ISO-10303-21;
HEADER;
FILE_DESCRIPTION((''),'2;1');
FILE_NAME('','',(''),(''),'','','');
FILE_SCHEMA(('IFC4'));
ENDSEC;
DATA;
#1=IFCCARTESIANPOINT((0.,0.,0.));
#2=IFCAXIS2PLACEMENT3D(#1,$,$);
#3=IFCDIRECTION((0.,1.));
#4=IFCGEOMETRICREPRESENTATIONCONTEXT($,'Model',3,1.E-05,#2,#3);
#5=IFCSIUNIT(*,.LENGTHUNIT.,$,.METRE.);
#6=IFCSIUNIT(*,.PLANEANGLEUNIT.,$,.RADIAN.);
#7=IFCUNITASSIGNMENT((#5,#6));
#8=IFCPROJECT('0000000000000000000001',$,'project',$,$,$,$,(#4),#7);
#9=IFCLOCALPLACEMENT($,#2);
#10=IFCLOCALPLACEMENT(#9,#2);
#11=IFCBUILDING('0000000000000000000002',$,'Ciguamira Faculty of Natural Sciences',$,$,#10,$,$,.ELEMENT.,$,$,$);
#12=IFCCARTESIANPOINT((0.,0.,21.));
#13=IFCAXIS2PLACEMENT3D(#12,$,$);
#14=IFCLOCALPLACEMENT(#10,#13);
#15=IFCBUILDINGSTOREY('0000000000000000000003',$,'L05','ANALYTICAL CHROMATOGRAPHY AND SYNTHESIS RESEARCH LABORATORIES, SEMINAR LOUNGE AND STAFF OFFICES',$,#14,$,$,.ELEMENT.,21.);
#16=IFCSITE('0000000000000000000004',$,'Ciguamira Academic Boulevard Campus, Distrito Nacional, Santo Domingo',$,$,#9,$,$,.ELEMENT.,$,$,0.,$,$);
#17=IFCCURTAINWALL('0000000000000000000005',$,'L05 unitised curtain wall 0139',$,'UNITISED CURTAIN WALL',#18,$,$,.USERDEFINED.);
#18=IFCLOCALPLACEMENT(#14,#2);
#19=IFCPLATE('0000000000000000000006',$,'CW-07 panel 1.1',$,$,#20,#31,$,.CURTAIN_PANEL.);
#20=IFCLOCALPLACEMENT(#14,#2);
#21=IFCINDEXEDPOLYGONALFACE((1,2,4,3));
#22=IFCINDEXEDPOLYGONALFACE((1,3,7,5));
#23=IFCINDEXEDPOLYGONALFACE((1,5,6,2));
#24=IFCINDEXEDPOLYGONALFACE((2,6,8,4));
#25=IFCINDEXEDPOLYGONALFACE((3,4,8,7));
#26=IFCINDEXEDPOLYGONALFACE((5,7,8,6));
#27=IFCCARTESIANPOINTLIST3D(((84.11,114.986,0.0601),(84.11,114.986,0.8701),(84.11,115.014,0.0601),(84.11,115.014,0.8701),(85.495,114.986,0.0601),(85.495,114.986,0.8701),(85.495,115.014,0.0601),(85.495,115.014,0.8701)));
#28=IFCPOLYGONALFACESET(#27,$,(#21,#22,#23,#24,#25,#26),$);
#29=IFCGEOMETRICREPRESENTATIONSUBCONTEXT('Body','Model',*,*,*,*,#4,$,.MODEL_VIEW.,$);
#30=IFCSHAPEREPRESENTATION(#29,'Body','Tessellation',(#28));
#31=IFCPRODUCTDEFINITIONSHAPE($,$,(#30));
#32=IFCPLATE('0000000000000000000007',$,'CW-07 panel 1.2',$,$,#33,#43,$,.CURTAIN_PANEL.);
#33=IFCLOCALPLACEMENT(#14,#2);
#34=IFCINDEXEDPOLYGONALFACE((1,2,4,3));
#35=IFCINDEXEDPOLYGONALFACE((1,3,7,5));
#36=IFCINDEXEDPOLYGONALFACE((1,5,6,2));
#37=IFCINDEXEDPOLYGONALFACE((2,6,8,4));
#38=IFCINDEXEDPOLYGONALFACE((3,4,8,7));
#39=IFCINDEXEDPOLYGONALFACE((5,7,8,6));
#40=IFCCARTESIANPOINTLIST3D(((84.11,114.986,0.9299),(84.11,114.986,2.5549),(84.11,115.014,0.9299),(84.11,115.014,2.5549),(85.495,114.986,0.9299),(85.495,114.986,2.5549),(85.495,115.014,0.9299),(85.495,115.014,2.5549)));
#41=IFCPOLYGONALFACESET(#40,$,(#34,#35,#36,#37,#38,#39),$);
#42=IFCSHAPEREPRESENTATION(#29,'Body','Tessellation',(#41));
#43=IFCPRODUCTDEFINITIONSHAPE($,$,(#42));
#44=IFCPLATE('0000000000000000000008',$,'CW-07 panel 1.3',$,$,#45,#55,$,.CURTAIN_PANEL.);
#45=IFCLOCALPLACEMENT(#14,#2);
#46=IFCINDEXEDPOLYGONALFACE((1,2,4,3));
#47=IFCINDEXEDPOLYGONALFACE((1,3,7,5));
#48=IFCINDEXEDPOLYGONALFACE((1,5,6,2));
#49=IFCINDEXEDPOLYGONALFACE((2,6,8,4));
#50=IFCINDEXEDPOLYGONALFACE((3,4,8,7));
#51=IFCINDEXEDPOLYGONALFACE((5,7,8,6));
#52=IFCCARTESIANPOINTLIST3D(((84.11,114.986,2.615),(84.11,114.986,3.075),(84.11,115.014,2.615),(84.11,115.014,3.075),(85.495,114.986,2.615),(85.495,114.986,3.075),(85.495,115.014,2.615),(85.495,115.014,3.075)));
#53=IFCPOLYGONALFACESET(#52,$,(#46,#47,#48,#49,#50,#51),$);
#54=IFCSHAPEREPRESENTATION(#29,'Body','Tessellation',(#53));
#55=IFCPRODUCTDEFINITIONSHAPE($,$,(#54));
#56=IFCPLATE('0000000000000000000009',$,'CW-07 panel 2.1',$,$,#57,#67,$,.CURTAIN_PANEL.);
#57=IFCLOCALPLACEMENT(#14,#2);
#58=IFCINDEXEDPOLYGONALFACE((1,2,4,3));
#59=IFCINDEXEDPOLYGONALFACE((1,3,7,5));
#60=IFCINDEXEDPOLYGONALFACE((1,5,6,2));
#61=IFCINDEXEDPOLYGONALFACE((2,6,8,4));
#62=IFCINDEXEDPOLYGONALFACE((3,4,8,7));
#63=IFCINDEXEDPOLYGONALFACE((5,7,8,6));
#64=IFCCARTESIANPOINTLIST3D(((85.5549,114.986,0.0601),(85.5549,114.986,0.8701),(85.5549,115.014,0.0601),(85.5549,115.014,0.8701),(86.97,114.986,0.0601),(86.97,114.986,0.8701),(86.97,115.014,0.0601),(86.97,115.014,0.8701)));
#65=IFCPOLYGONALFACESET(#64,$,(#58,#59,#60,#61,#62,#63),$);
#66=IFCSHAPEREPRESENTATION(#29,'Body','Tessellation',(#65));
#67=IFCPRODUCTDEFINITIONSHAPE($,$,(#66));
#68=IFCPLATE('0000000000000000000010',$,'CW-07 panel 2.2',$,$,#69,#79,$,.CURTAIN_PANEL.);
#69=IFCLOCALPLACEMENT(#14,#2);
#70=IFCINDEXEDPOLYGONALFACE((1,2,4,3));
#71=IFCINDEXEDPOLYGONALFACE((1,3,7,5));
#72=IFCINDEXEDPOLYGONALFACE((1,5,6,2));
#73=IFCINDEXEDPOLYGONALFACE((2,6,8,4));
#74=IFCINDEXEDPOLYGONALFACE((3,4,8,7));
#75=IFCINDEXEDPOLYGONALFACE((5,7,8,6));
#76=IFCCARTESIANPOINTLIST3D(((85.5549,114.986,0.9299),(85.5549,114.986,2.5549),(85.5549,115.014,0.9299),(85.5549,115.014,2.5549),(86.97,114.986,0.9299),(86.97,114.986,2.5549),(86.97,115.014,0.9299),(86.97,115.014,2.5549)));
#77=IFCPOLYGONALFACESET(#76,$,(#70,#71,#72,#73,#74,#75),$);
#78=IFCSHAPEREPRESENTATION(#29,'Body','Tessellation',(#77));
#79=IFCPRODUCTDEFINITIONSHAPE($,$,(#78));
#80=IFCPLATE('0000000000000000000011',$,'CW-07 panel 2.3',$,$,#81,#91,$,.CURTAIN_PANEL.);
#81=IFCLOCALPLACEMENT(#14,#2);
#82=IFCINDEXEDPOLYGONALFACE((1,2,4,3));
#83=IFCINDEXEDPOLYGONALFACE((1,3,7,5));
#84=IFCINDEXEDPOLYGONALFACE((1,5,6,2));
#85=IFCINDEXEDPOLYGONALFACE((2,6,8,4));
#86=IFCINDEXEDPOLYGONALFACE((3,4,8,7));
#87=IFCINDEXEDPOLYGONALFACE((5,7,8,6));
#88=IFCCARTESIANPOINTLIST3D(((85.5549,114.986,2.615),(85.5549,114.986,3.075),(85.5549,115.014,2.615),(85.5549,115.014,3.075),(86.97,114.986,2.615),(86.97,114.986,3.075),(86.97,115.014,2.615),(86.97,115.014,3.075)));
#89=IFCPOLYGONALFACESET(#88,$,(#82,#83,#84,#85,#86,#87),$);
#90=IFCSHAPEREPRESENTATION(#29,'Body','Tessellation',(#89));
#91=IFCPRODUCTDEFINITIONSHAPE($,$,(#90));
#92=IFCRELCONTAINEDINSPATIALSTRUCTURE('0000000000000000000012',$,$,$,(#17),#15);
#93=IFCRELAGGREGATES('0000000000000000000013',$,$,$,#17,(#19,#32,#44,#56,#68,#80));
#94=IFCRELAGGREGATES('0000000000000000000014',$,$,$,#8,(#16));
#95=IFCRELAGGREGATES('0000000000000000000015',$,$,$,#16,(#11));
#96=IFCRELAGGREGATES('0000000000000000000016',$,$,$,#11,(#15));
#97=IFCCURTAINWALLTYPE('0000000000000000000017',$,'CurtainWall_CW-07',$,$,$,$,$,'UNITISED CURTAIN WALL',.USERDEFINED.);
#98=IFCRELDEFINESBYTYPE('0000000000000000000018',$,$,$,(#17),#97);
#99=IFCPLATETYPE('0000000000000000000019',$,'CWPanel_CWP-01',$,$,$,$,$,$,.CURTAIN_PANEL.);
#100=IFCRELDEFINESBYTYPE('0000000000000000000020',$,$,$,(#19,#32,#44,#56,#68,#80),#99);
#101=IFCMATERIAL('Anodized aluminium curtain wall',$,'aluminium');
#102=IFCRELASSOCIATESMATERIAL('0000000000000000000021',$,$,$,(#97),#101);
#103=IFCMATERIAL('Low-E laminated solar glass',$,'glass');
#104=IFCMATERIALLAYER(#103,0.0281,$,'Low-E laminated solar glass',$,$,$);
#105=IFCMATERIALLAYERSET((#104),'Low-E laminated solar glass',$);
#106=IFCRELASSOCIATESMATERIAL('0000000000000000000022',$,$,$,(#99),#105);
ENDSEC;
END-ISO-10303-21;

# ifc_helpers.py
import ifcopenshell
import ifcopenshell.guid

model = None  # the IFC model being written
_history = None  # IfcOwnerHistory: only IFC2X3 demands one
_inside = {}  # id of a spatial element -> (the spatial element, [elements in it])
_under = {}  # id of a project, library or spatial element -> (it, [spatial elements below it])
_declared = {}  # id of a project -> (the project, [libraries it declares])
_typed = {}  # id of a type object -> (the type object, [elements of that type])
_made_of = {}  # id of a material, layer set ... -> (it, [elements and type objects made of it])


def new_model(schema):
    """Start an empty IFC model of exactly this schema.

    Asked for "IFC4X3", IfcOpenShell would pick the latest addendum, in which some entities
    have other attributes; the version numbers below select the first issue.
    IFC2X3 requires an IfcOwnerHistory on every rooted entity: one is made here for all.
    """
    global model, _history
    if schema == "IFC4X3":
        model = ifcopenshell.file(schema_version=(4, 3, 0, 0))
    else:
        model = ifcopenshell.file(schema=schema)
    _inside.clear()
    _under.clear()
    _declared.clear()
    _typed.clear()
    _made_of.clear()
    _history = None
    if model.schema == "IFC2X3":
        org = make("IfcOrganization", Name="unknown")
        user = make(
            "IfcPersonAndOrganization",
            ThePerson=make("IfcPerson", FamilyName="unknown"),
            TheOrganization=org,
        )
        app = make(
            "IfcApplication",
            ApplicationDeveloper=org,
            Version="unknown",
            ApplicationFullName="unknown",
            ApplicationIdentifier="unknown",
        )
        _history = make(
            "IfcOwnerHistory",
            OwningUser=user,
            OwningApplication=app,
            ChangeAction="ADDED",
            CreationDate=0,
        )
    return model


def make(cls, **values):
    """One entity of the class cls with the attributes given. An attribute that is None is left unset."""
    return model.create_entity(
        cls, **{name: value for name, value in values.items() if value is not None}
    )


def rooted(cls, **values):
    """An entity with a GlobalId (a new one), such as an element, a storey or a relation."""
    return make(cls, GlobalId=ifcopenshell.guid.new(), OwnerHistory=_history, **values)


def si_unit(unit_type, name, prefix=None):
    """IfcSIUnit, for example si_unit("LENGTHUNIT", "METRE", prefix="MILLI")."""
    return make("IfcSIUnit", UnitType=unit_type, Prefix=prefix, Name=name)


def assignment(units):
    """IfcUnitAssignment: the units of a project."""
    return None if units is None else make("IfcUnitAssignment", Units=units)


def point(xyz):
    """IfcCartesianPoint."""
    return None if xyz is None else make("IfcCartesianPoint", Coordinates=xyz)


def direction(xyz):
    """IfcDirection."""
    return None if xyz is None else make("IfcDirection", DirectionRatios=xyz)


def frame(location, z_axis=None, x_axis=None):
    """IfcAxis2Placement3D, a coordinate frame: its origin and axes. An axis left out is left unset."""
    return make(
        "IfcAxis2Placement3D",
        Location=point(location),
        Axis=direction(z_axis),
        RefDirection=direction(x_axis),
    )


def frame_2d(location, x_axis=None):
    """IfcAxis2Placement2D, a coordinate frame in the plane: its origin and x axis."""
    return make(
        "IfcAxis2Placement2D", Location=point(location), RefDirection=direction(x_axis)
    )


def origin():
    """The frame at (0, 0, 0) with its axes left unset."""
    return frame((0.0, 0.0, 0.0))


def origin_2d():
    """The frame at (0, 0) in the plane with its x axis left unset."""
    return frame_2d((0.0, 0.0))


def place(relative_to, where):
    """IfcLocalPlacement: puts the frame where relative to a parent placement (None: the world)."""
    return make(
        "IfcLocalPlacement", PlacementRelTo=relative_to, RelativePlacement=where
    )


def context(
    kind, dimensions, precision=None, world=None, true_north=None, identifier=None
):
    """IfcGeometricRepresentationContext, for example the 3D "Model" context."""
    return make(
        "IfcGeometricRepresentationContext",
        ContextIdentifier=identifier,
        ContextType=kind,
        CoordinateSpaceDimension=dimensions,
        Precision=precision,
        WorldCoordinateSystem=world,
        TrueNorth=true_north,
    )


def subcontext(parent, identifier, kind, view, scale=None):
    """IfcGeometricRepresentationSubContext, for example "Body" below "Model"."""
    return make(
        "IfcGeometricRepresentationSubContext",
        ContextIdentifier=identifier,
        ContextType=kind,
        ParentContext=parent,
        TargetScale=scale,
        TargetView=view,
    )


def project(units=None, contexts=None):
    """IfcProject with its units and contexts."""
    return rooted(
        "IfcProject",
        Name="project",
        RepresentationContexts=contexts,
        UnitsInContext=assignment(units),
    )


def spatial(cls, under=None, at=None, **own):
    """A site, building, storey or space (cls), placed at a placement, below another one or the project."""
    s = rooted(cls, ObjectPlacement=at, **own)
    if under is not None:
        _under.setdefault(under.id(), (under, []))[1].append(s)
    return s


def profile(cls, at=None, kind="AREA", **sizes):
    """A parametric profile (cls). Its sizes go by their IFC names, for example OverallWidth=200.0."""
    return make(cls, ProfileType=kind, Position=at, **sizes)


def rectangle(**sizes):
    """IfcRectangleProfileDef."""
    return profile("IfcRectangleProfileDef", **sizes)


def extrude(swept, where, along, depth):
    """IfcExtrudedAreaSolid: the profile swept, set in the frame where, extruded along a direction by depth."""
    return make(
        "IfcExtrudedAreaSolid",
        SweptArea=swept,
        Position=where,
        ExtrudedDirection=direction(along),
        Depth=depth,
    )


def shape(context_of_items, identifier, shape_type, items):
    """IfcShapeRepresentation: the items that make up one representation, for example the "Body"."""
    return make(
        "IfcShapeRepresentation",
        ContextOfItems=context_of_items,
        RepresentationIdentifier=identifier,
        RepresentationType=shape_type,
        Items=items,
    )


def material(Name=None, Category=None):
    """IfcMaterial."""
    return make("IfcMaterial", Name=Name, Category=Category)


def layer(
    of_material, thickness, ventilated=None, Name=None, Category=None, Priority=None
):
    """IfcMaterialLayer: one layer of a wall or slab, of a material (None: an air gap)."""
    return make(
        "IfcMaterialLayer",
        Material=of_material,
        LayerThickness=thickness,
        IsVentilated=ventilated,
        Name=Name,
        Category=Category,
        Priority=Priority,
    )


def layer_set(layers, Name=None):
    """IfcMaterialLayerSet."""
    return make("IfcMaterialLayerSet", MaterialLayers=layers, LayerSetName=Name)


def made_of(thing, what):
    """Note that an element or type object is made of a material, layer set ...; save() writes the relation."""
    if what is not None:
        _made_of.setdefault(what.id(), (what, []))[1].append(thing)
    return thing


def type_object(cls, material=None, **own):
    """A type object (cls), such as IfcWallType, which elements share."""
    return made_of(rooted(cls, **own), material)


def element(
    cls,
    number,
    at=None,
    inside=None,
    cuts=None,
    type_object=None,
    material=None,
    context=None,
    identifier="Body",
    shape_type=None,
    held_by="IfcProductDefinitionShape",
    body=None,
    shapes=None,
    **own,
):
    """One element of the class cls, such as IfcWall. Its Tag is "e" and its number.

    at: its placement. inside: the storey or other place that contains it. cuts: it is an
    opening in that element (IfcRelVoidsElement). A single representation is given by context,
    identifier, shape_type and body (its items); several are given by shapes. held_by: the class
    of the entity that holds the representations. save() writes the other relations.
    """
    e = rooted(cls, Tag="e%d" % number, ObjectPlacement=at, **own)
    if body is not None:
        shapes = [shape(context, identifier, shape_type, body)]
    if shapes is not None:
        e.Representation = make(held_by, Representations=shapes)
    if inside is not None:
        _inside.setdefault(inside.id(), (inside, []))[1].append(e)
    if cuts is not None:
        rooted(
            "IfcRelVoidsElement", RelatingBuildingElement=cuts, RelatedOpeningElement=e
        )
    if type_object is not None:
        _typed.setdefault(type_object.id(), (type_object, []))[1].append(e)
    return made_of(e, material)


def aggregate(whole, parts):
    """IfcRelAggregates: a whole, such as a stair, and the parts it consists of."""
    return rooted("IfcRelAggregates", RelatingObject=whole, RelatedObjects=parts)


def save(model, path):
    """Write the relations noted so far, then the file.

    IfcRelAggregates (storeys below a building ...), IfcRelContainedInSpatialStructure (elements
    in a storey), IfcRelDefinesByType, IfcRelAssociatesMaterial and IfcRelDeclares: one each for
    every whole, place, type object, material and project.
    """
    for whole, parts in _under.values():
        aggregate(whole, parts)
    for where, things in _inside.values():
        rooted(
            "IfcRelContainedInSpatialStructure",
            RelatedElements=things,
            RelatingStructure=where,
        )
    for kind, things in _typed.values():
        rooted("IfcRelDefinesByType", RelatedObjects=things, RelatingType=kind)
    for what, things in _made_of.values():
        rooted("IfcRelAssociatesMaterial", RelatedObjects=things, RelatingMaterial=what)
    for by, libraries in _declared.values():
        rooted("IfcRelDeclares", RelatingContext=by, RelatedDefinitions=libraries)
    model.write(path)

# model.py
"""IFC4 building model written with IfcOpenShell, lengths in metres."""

from ifc_helpers import new_model, si_unit, direction, frame, origin, origin_2d, place, context, subcontext, project, spatial, rectangle, extrude, material, layer, layer_set, type_object, element, aggregate, save


model = new_model("IFC4")

# Units and contexts
model_context = context("Model", 3, precision=1e-05, world=origin(), true_north=direction((0.0, 1.0)))
body_context = subcontext(model_context, "Body", "Model", "MODEL_VIEW")
ifc_project = project(units=[si_unit("LENGTHUNIT", "METRE"), si_unit("PLANEANGLEUNIT", "RADIAN")], contexts=[model_context])

# Site, building, storey
site_placement = place(None, origin())
site = spatial("IfcSite", under=ifc_project, at=site_placement, Name="Ciguamira Academic Boulevard Campus, Distrito Nacional, Santo Domingo", CompositionType="ELEMENT", RefElevation=0.0)
building_placement = place(site_placement, origin())
building = spatial("IfcBuilding", under=site, at=building_placement, Name="Ciguamira Faculty of Natural Sciences", CompositionType="ELEMENT")
storey_placement = place(building_placement, frame((0.0, 0.0, 21.0)))
storey = spatial("IfcBuildingStorey", under=building, at=storey_placement, Name="L05", Description="ANALYTICAL CHROMATOGRAPHY AND SYNTHESIS RESEARCH LABORATORIES, SEMINAR LOUNGE AND STAFF OFFICES", CompositionType="ELEMENT", Elevation=21.0)

# Curtain wall
ifc_material_1 = material(Name="Anodized aluminium curtain wall", Category="aluminium")
curtain_wall_type = type_object("IfcCurtainWallType", Name="CurtainWall_CW-07", ElementType="UNITISED CURTAIN WALL", PredefinedType="USERDEFINED", material=ifc_material_1)
curtain_wall_placement = place(storey_placement, origin())
curtain_wall = element("IfcCurtainWall", 1, at=curtain_wall_placement, inside=storey, type_object=curtain_wall_type, Name="L05 unitised curtain wall 0139", ObjectType="UNITISED CURTAIN WALL", PredefinedType="USERDEFINED")

# Plates
ifc_material_2 = material(Name="Low-E laminated solar glass", Category="glass")
ifc_layer = layer(ifc_material_2, 0.0281, Name="Low-E laminated solar glass")
ifc_layer_set = layer_set([ifc_layer], Name="Low-E laminated solar glass")
plate_type = type_object("IfcPlateType", Name="CWPanel_CWP-01", PredefinedType="CURTAIN_PANEL", material=ifc_layer_set)
plate_1_placement = place(storey_placement, frame((84.8025, 115.0, 0.0601), z_axis=(0.0, 0.0, 1.0), x_axis=(1.0, 0.0, 0.0)))
plate_1 = element("IfcPlate", 2, at=plate_1_placement, type_object=plate_type, Name="CW-07 panel 1.1", PredefinedType="CURTAIN_PANEL", context=body_context, shape_type="SweptSolid", body=[
    extrude(rectangle(XDim=1.385, YDim=0.0281, at=origin_2d()), origin(), (0.0, 0.0, 1.0), 0.8101),
])
plate_2_placement = place(storey_placement, frame((84.8025, 115.0, 0.9299), z_axis=(0.0, 0.0, 1.0), x_axis=(1.0, 0.0, 0.0)))
plate_2 = element("IfcPlate", 3, at=plate_2_placement, type_object=plate_type, Name="CW-07 panel 1.2", PredefinedType="CURTAIN_PANEL", context=body_context, shape_type="SweptSolid", body=[
    extrude(rectangle(XDim=1.385, YDim=0.0281, at=origin_2d()), origin(), (0.0, 0.0, 1.0), 1.625),
])
plate_3_placement = place(storey_placement, frame((84.8025, 115.0, 2.615), z_axis=(0.0, 0.0, 1.0), x_axis=(1.0, 0.0, 0.0)))
plate_3 = element("IfcPlate", 4, at=plate_3_placement, type_object=plate_type, Name="CW-07 panel 1.3", PredefinedType="CURTAIN_PANEL", context=body_context, shape_type="SweptSolid", body=[
    extrude(rectangle(XDim=1.385, YDim=0.0281, at=origin_2d()), origin(), (0.0, 0.0, 1.0), 0.46),
])
plate_4_placement = place(storey_placement, frame((86.2625, 115.0, 0.0601), z_axis=(0.0, 0.0, 1.0), x_axis=(1.0, 0.0, 0.0)))
plate_4 = element("IfcPlate", 5, at=plate_4_placement, type_object=plate_type, Name="CW-07 panel 2.1", PredefinedType="CURTAIN_PANEL", context=body_context, shape_type="SweptSolid", body=[
    extrude(rectangle(XDim=1.415, YDim=0.0281, at=origin_2d()), origin(), (0.0, 0.0, 1.0), 0.8101),
])
plate_5_placement = place(storey_placement, frame((86.2625, 115.0, 0.9299), z_axis=(0.0, 0.0, 1.0), x_axis=(1.0, 0.0, 0.0)))
plate_5 = element("IfcPlate", 6, at=plate_5_placement, type_object=plate_type, Name="CW-07 panel 2.2", PredefinedType="CURTAIN_PANEL", context=body_context, shape_type="SweptSolid", body=[
    extrude(rectangle(XDim=1.415, YDim=0.0281, at=origin_2d()), origin(), (0.0, 0.0, 1.0), 1.625),
])
plate_6_placement = place(storey_placement, frame((86.2625, 115.0, 2.615), z_axis=(0.0, 0.0, 1.0), x_axis=(1.0, 0.0, 0.0)))
plate_6 = element("IfcPlate", 7, at=plate_6_placement, type_object=plate_type, Name="CW-07 panel 2.3", PredefinedType="CURTAIN_PANEL", context=body_context, shape_type="SweptSolid", body=[
    extrude(rectangle(XDim=1.415, YDim=0.0281, at=origin_2d()), origin(), (0.0, 0.0, 1.0), 0.46),
])
aggregate(curtain_wall, [plate_1, plate_2, plate_3, plate_4, plate_5, plate_6])

save(model, "model.ifc")
